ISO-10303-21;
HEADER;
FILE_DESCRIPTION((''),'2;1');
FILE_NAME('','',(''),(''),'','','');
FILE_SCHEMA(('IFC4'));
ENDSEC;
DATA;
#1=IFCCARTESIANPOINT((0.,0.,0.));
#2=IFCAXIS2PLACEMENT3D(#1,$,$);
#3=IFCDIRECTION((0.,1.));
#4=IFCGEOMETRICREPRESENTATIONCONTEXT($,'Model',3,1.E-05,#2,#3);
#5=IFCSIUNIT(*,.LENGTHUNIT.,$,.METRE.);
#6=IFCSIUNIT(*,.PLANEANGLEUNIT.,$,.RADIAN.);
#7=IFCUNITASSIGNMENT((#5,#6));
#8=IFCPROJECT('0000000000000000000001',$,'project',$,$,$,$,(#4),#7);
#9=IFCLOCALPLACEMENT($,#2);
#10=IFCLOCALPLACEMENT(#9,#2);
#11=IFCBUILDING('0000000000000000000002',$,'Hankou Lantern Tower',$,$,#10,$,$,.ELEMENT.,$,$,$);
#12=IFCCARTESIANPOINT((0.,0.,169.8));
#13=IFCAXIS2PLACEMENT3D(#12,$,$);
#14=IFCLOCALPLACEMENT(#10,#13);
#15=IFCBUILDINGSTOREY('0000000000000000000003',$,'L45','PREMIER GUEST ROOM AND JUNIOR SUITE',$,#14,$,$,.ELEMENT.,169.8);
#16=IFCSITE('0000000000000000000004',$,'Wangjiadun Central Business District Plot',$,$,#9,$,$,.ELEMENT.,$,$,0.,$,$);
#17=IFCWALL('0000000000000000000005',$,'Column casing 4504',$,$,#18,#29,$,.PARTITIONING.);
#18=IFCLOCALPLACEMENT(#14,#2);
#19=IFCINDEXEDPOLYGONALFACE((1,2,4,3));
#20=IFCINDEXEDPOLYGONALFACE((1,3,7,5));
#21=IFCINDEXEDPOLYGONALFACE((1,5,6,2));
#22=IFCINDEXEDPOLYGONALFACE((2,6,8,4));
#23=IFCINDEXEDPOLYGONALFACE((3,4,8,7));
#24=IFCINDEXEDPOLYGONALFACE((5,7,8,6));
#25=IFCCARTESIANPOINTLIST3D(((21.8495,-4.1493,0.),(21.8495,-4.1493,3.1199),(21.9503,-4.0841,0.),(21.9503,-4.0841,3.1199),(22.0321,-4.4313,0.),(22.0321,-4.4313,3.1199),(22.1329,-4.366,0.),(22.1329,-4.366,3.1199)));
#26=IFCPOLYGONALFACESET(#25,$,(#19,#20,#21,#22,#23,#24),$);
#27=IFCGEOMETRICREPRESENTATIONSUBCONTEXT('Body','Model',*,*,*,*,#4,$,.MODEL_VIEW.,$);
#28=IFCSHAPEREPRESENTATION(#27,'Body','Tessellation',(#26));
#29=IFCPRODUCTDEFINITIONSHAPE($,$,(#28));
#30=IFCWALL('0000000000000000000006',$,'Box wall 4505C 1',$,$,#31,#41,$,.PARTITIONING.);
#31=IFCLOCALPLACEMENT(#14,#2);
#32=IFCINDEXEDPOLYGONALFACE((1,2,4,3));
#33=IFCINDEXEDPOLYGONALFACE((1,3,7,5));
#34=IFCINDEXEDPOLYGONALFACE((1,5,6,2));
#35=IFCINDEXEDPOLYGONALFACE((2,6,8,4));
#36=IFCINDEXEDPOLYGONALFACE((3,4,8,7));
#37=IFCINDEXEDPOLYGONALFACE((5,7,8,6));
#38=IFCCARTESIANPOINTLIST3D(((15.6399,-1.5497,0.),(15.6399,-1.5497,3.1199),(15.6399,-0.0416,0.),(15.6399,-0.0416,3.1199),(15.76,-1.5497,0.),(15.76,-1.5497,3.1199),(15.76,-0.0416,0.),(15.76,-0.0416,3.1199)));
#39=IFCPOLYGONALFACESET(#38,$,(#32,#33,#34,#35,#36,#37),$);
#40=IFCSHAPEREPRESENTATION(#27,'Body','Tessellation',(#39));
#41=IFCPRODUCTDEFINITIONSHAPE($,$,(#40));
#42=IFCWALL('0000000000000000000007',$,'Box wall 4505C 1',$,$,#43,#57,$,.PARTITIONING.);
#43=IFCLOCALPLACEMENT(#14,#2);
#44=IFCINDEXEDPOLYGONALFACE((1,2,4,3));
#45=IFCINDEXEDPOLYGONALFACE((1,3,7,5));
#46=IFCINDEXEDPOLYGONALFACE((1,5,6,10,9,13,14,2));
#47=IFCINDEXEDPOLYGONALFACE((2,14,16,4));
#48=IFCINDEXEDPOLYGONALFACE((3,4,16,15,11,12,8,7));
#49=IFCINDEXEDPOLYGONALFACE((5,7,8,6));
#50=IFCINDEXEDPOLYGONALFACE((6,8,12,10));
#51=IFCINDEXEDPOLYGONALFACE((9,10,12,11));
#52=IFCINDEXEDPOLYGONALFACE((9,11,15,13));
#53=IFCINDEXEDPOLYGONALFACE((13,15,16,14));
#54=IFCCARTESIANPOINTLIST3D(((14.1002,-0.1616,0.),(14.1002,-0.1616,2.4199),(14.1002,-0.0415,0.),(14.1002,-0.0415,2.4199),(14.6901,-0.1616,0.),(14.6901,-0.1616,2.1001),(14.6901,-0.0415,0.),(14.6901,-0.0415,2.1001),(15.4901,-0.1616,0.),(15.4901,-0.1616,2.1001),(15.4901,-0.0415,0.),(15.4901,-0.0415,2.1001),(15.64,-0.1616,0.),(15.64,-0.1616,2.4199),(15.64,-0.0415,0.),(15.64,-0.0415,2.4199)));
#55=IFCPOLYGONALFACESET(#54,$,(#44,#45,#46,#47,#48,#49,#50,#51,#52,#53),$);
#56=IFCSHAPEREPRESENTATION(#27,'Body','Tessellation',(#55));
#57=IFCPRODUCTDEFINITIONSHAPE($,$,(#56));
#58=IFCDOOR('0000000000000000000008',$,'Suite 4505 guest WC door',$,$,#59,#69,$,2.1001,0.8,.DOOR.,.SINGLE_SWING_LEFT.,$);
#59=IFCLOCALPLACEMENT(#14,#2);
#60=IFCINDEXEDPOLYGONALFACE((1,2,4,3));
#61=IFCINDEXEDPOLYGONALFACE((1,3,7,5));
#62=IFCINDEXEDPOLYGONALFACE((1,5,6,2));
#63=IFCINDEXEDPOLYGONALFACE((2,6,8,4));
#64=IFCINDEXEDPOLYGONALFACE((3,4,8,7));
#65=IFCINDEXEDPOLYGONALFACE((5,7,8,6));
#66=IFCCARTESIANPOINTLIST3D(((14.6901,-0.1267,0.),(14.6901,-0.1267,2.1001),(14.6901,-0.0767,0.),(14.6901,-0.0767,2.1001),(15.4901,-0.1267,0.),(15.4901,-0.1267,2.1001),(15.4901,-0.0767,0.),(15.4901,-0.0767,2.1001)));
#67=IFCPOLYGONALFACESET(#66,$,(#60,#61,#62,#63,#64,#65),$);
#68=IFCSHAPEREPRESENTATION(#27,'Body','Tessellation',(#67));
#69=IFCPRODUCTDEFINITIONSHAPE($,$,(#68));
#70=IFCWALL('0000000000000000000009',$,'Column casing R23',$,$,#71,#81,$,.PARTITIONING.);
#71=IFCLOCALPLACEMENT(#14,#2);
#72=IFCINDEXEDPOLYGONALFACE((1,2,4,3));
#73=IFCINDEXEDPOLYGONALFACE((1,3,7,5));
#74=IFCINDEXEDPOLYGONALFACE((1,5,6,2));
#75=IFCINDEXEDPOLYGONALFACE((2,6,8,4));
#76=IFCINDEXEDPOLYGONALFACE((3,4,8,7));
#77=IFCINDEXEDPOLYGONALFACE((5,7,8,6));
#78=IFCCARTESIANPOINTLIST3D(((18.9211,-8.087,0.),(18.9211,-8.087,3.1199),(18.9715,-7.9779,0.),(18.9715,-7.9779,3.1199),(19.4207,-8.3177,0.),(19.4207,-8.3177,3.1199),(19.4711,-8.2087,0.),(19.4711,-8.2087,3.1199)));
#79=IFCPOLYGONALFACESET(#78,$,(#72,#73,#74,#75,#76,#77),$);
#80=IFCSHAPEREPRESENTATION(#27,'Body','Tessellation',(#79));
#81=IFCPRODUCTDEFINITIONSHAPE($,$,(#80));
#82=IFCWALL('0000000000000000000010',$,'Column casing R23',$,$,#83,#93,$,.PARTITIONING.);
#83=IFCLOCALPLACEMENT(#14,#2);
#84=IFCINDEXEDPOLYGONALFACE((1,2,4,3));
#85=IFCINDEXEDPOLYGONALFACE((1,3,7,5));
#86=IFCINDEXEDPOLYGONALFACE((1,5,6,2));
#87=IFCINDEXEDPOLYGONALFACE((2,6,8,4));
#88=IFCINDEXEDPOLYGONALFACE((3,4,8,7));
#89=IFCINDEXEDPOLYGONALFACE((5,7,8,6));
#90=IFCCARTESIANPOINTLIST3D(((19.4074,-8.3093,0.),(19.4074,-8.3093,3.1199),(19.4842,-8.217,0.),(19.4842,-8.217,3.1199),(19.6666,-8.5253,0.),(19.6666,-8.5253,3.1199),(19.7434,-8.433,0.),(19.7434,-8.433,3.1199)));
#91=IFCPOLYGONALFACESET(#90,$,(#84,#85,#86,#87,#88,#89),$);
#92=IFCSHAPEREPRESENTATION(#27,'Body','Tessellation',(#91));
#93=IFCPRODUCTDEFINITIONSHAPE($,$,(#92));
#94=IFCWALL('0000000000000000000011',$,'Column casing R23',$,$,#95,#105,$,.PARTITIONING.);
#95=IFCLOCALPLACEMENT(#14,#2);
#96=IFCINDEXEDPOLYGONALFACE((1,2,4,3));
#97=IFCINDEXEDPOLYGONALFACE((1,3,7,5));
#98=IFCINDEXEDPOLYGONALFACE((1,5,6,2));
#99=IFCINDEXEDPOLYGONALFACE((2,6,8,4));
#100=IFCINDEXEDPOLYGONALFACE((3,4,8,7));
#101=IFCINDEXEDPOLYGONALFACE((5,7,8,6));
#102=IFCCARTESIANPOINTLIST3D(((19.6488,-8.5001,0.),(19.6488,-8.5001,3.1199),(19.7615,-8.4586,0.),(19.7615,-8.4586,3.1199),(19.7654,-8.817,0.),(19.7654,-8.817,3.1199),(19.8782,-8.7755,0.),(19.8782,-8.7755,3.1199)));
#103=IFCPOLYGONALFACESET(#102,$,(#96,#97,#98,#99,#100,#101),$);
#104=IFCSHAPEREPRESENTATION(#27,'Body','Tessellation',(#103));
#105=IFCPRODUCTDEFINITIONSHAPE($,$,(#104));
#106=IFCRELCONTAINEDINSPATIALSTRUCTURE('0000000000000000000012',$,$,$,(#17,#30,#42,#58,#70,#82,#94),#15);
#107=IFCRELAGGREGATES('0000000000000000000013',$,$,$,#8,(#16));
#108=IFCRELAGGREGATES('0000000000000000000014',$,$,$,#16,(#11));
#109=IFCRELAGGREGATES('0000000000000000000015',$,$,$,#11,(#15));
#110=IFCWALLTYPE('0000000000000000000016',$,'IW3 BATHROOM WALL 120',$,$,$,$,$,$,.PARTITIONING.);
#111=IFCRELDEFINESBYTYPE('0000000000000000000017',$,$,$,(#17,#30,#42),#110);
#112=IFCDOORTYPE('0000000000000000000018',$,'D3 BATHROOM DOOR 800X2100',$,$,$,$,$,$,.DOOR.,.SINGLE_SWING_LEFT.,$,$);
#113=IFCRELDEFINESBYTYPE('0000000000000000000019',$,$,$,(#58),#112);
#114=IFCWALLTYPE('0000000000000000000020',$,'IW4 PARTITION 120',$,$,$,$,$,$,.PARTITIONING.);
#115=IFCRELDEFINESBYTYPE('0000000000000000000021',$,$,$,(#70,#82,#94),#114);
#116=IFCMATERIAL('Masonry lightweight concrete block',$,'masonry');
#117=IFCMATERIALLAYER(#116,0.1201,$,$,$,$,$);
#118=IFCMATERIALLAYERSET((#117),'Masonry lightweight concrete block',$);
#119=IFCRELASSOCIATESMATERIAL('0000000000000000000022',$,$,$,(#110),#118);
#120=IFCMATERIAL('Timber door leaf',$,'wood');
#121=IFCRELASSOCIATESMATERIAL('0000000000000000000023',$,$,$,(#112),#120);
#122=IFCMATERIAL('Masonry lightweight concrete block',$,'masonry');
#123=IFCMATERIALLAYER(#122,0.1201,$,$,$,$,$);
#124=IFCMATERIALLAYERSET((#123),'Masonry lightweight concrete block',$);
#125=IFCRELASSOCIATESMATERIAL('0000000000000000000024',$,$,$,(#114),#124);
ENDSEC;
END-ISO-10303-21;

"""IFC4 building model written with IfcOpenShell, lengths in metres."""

from ifc_helpers import new_model, si_unit, direction, frame, frame_2d, origin, place, context, subcontext, project, spatial, rectangle, extrude, material, layer, layer_set, type_object, element, fill, save


model = new_model("IFC4")

# Units and contexts
model_context = context("Model", 3, precision=1e-05, world=origin(), true_north=direction((0.0, 1.0)))
body_context = subcontext(model_context, "Body", "Model", "MODEL_VIEW")
ifc_project = project(units=[si_unit("LENGTHUNIT", "METRE"), si_unit("PLANEANGLEUNIT", "RADIAN")], contexts=[model_context])

# Site, building, storey
site_placement = place(None, origin())
site = spatial("IfcSite", under=ifc_project, at=site_placement, Name="Wangjiadun Central Business District Plot", CompositionType="ELEMENT", RefElevation=0.0)
building_placement = place(site_placement, origin())
building = spatial("IfcBuilding", under=site, at=building_placement, Name="Hankou Lantern Tower", CompositionType="ELEMENT")
storey_placement = place(building_placement, frame((0.0, 0.0, 169.8)))
storey = spatial("IfcBuildingStorey", under=building, at=storey_placement, Name="L45", Description="PREMIER GUEST ROOM AND JUNIOR SUITE", CompositionType="ELEMENT", Elevation=169.8)

# Shared definitions
ifc_material_1 = material(Name="Masonry lightweight concrete block", Category="masonry")
ifc_layer_1 = layer(ifc_material_1, 0.1201)
ifc_layer_set_1 = layer_set([ifc_layer_1], Name="Masonry lightweight concrete block")
wall_type_1 = type_object("IfcWallType", Name="IW3 BATHROOM WALL 120", PredefinedType="PARTITIONING", material=ifc_layer_set_1)

# Shared definitions
ifc_material_2 = material(Name="Timber door leaf", Category="wood")
door_type = type_object("IfcDoorType", Name="D3 BATHROOM DOOR 800X2100", OperationType="SINGLE_SWING_LEFT", PredefinedType="DOOR", material=ifc_material_2)

# Walls
wall_1_placement = place(storey_placement, frame((21.8999, -4.1167, 0.0), z_axis=(0.0, 0.0, 1.0), x_axis=(0.543583, -0.839356, 0.0)))
element("IfcWall", 1, at=wall_1_placement, inside=storey, type_object=wall_type_1, Name="Column casing 4504", PredefinedType="PARTITIONING", context=body_context, shape_type="SweptSolid", body=[
    extrude(rectangle(XDim=0.3359, YDim=0.1201, at=frame_2d((0.168, 0.0))), origin(), (0.0, 0.0, 1.0), 3.1199),
])
wall_2_placement = place(storey_placement, frame((15.7, -1.5496, 0.0), z_axis=(0.0, 0.0, 1.0), x_axis=(0.0, 1.0, 0.0)))
element("IfcWall", 2, at=wall_2_placement, inside=storey, type_object=wall_type_1, Name="Box wall 4505C 1", PredefinedType="PARTITIONING", context=body_context, shape_type="SweptSolid", body=[
    extrude(rectangle(XDim=1.5081, YDim=0.1201, at=frame_2d((0.7539, 0.0))), origin(), (0.0, 0.0, 1.0), 3.1199),
])

# Wall, opening, door
wall_3_placement = place(storey_placement, frame((14.1001, -0.1016, 0.0), z_axis=(0.0, 0.0, 1.0), x_axis=(1.0, 0.0, 0.0)))
wall_3 = element("IfcWall", 3, at=wall_3_placement, inside=storey, type_object=wall_type_1, Name="Box wall 4505C 1", PredefinedType="PARTITIONING", context=body_context, shape_type="SweptSolid", body=[
    extrude(rectangle(XDim=1.5398, YDim=0.1201, at=frame_2d((0.77, 0.0))), origin(), (0.0, 0.0, 1.0), 2.4199),
])
opening_1_placement = place(wall_3_placement, frame((0.5901, 0.0, 0.0)))
opening_1 = element("IfcOpeningElement", 4, at=opening_1_placement, cuts=wall_3, PredefinedType="OPENING", context=body_context, shape_type="SweptSolid", body=[
    extrude(rectangle(XDim=0.8, YDim=2.1001, at=frame_2d((0.3999, 1.05))), frame((0.0, 0.0701, 0.0), z_axis=(0.0, -1.0, 0.0), x_axis=(1.0, 0.0, 0.0)), (0.0, 0.0, 1.0), 0.1401),
])
door_1_placement = place(opening_1_placement, origin())
door_1 = element("IfcDoor", 5, at=door_1_placement, inside=storey, type_object=door_type, Name="Suite 4505 guest WC door", OperationType="SINGLE_SWING_LEFT", OverallHeight=2.1001, OverallWidth=0.8, PredefinedType="DOOR", context=body_context, shape_type="SweptSolid", body=[
    extrude(rectangle(XDim=0.8, YDim=2.1001, at=frame_2d((0.3999, 1.05))), frame((0.0, 0.0249, 0.0), z_axis=(0.0, -1.0, 0.0), x_axis=(1.0, 0.0, 0.0)), (0.0, 0.0, 1.0), 0.05),
])
fill(opening_1, door_1)

# Walls
ifc_material_3 = material(Name="Masonry lightweight concrete block", Category="masonry")
ifc_layer_2 = layer(ifc_material_3, 0.1201)
ifc_layer_set_2 = layer_set([ifc_layer_2], Name="Masonry lightweight concrete block")
wall_type_2 = type_object("IfcWallType", Name="IW4 PARTITION 120", PredefinedType="PARTITIONING", material=ifc_layer_set_2)
wall_4_placement = place(storey_placement, frame((18.9463, -8.0325, 0.0), z_axis=(0.0, 0.0, 1.0), x_axis=(0.907842, -0.419311, 0.0)))
element("IfcWall", 6, at=wall_4_placement, inside=storey, type_object=wall_type_2, Name="Column casing R23", PredefinedType="PARTITIONING", context=body_context, shape_type="SweptSolid", body=[
    extrude(rectangle(XDim=0.5503, YDim=0.1201, at=frame_2d((0.2751, 0.0))), origin(), (0.0, 0.0, 1.0), 3.1199),
])
wall_5_placement = place(storey_placement, frame((19.4458, -8.2632, 0.0), z_axis=(0.0, 0.0, 1.0), x_axis=(0.768221, -0.640184, 0.0)))
element("IfcWall", 7, at=wall_5_placement, inside=storey, type_object=wall_type_2, Name="Column casing R23", PredefinedType="PARTITIONING", context=body_context, shape_type="SweptSolid", body=[
    extrude(rectangle(XDim=0.3374, YDim=0.1201, at=frame_2d((0.1687, 0.0))), origin(), (0.0, 0.0, 1.0), 3.1199),
])
wall_6_placement = place(storey_placement, frame((19.7051, -8.4792, 0.0), z_axis=(0.0, 0.0, 1.0), x_axis=(0.345571, -0.938392, 0.0)))
element("IfcWall", 8, at=wall_6_placement, inside=storey, type_object=wall_type_2, Name="Column casing R23", PredefinedType="PARTITIONING", context=body_context, shape_type="SweptSolid", body=[
    extrude(rectangle(XDim=0.3376, YDim=0.1201, at=frame_2d((0.1689, 0.0))), origin(), (0.0, 0.0, 1.0), 3.1199),
])

save(model, "model.ifc")
